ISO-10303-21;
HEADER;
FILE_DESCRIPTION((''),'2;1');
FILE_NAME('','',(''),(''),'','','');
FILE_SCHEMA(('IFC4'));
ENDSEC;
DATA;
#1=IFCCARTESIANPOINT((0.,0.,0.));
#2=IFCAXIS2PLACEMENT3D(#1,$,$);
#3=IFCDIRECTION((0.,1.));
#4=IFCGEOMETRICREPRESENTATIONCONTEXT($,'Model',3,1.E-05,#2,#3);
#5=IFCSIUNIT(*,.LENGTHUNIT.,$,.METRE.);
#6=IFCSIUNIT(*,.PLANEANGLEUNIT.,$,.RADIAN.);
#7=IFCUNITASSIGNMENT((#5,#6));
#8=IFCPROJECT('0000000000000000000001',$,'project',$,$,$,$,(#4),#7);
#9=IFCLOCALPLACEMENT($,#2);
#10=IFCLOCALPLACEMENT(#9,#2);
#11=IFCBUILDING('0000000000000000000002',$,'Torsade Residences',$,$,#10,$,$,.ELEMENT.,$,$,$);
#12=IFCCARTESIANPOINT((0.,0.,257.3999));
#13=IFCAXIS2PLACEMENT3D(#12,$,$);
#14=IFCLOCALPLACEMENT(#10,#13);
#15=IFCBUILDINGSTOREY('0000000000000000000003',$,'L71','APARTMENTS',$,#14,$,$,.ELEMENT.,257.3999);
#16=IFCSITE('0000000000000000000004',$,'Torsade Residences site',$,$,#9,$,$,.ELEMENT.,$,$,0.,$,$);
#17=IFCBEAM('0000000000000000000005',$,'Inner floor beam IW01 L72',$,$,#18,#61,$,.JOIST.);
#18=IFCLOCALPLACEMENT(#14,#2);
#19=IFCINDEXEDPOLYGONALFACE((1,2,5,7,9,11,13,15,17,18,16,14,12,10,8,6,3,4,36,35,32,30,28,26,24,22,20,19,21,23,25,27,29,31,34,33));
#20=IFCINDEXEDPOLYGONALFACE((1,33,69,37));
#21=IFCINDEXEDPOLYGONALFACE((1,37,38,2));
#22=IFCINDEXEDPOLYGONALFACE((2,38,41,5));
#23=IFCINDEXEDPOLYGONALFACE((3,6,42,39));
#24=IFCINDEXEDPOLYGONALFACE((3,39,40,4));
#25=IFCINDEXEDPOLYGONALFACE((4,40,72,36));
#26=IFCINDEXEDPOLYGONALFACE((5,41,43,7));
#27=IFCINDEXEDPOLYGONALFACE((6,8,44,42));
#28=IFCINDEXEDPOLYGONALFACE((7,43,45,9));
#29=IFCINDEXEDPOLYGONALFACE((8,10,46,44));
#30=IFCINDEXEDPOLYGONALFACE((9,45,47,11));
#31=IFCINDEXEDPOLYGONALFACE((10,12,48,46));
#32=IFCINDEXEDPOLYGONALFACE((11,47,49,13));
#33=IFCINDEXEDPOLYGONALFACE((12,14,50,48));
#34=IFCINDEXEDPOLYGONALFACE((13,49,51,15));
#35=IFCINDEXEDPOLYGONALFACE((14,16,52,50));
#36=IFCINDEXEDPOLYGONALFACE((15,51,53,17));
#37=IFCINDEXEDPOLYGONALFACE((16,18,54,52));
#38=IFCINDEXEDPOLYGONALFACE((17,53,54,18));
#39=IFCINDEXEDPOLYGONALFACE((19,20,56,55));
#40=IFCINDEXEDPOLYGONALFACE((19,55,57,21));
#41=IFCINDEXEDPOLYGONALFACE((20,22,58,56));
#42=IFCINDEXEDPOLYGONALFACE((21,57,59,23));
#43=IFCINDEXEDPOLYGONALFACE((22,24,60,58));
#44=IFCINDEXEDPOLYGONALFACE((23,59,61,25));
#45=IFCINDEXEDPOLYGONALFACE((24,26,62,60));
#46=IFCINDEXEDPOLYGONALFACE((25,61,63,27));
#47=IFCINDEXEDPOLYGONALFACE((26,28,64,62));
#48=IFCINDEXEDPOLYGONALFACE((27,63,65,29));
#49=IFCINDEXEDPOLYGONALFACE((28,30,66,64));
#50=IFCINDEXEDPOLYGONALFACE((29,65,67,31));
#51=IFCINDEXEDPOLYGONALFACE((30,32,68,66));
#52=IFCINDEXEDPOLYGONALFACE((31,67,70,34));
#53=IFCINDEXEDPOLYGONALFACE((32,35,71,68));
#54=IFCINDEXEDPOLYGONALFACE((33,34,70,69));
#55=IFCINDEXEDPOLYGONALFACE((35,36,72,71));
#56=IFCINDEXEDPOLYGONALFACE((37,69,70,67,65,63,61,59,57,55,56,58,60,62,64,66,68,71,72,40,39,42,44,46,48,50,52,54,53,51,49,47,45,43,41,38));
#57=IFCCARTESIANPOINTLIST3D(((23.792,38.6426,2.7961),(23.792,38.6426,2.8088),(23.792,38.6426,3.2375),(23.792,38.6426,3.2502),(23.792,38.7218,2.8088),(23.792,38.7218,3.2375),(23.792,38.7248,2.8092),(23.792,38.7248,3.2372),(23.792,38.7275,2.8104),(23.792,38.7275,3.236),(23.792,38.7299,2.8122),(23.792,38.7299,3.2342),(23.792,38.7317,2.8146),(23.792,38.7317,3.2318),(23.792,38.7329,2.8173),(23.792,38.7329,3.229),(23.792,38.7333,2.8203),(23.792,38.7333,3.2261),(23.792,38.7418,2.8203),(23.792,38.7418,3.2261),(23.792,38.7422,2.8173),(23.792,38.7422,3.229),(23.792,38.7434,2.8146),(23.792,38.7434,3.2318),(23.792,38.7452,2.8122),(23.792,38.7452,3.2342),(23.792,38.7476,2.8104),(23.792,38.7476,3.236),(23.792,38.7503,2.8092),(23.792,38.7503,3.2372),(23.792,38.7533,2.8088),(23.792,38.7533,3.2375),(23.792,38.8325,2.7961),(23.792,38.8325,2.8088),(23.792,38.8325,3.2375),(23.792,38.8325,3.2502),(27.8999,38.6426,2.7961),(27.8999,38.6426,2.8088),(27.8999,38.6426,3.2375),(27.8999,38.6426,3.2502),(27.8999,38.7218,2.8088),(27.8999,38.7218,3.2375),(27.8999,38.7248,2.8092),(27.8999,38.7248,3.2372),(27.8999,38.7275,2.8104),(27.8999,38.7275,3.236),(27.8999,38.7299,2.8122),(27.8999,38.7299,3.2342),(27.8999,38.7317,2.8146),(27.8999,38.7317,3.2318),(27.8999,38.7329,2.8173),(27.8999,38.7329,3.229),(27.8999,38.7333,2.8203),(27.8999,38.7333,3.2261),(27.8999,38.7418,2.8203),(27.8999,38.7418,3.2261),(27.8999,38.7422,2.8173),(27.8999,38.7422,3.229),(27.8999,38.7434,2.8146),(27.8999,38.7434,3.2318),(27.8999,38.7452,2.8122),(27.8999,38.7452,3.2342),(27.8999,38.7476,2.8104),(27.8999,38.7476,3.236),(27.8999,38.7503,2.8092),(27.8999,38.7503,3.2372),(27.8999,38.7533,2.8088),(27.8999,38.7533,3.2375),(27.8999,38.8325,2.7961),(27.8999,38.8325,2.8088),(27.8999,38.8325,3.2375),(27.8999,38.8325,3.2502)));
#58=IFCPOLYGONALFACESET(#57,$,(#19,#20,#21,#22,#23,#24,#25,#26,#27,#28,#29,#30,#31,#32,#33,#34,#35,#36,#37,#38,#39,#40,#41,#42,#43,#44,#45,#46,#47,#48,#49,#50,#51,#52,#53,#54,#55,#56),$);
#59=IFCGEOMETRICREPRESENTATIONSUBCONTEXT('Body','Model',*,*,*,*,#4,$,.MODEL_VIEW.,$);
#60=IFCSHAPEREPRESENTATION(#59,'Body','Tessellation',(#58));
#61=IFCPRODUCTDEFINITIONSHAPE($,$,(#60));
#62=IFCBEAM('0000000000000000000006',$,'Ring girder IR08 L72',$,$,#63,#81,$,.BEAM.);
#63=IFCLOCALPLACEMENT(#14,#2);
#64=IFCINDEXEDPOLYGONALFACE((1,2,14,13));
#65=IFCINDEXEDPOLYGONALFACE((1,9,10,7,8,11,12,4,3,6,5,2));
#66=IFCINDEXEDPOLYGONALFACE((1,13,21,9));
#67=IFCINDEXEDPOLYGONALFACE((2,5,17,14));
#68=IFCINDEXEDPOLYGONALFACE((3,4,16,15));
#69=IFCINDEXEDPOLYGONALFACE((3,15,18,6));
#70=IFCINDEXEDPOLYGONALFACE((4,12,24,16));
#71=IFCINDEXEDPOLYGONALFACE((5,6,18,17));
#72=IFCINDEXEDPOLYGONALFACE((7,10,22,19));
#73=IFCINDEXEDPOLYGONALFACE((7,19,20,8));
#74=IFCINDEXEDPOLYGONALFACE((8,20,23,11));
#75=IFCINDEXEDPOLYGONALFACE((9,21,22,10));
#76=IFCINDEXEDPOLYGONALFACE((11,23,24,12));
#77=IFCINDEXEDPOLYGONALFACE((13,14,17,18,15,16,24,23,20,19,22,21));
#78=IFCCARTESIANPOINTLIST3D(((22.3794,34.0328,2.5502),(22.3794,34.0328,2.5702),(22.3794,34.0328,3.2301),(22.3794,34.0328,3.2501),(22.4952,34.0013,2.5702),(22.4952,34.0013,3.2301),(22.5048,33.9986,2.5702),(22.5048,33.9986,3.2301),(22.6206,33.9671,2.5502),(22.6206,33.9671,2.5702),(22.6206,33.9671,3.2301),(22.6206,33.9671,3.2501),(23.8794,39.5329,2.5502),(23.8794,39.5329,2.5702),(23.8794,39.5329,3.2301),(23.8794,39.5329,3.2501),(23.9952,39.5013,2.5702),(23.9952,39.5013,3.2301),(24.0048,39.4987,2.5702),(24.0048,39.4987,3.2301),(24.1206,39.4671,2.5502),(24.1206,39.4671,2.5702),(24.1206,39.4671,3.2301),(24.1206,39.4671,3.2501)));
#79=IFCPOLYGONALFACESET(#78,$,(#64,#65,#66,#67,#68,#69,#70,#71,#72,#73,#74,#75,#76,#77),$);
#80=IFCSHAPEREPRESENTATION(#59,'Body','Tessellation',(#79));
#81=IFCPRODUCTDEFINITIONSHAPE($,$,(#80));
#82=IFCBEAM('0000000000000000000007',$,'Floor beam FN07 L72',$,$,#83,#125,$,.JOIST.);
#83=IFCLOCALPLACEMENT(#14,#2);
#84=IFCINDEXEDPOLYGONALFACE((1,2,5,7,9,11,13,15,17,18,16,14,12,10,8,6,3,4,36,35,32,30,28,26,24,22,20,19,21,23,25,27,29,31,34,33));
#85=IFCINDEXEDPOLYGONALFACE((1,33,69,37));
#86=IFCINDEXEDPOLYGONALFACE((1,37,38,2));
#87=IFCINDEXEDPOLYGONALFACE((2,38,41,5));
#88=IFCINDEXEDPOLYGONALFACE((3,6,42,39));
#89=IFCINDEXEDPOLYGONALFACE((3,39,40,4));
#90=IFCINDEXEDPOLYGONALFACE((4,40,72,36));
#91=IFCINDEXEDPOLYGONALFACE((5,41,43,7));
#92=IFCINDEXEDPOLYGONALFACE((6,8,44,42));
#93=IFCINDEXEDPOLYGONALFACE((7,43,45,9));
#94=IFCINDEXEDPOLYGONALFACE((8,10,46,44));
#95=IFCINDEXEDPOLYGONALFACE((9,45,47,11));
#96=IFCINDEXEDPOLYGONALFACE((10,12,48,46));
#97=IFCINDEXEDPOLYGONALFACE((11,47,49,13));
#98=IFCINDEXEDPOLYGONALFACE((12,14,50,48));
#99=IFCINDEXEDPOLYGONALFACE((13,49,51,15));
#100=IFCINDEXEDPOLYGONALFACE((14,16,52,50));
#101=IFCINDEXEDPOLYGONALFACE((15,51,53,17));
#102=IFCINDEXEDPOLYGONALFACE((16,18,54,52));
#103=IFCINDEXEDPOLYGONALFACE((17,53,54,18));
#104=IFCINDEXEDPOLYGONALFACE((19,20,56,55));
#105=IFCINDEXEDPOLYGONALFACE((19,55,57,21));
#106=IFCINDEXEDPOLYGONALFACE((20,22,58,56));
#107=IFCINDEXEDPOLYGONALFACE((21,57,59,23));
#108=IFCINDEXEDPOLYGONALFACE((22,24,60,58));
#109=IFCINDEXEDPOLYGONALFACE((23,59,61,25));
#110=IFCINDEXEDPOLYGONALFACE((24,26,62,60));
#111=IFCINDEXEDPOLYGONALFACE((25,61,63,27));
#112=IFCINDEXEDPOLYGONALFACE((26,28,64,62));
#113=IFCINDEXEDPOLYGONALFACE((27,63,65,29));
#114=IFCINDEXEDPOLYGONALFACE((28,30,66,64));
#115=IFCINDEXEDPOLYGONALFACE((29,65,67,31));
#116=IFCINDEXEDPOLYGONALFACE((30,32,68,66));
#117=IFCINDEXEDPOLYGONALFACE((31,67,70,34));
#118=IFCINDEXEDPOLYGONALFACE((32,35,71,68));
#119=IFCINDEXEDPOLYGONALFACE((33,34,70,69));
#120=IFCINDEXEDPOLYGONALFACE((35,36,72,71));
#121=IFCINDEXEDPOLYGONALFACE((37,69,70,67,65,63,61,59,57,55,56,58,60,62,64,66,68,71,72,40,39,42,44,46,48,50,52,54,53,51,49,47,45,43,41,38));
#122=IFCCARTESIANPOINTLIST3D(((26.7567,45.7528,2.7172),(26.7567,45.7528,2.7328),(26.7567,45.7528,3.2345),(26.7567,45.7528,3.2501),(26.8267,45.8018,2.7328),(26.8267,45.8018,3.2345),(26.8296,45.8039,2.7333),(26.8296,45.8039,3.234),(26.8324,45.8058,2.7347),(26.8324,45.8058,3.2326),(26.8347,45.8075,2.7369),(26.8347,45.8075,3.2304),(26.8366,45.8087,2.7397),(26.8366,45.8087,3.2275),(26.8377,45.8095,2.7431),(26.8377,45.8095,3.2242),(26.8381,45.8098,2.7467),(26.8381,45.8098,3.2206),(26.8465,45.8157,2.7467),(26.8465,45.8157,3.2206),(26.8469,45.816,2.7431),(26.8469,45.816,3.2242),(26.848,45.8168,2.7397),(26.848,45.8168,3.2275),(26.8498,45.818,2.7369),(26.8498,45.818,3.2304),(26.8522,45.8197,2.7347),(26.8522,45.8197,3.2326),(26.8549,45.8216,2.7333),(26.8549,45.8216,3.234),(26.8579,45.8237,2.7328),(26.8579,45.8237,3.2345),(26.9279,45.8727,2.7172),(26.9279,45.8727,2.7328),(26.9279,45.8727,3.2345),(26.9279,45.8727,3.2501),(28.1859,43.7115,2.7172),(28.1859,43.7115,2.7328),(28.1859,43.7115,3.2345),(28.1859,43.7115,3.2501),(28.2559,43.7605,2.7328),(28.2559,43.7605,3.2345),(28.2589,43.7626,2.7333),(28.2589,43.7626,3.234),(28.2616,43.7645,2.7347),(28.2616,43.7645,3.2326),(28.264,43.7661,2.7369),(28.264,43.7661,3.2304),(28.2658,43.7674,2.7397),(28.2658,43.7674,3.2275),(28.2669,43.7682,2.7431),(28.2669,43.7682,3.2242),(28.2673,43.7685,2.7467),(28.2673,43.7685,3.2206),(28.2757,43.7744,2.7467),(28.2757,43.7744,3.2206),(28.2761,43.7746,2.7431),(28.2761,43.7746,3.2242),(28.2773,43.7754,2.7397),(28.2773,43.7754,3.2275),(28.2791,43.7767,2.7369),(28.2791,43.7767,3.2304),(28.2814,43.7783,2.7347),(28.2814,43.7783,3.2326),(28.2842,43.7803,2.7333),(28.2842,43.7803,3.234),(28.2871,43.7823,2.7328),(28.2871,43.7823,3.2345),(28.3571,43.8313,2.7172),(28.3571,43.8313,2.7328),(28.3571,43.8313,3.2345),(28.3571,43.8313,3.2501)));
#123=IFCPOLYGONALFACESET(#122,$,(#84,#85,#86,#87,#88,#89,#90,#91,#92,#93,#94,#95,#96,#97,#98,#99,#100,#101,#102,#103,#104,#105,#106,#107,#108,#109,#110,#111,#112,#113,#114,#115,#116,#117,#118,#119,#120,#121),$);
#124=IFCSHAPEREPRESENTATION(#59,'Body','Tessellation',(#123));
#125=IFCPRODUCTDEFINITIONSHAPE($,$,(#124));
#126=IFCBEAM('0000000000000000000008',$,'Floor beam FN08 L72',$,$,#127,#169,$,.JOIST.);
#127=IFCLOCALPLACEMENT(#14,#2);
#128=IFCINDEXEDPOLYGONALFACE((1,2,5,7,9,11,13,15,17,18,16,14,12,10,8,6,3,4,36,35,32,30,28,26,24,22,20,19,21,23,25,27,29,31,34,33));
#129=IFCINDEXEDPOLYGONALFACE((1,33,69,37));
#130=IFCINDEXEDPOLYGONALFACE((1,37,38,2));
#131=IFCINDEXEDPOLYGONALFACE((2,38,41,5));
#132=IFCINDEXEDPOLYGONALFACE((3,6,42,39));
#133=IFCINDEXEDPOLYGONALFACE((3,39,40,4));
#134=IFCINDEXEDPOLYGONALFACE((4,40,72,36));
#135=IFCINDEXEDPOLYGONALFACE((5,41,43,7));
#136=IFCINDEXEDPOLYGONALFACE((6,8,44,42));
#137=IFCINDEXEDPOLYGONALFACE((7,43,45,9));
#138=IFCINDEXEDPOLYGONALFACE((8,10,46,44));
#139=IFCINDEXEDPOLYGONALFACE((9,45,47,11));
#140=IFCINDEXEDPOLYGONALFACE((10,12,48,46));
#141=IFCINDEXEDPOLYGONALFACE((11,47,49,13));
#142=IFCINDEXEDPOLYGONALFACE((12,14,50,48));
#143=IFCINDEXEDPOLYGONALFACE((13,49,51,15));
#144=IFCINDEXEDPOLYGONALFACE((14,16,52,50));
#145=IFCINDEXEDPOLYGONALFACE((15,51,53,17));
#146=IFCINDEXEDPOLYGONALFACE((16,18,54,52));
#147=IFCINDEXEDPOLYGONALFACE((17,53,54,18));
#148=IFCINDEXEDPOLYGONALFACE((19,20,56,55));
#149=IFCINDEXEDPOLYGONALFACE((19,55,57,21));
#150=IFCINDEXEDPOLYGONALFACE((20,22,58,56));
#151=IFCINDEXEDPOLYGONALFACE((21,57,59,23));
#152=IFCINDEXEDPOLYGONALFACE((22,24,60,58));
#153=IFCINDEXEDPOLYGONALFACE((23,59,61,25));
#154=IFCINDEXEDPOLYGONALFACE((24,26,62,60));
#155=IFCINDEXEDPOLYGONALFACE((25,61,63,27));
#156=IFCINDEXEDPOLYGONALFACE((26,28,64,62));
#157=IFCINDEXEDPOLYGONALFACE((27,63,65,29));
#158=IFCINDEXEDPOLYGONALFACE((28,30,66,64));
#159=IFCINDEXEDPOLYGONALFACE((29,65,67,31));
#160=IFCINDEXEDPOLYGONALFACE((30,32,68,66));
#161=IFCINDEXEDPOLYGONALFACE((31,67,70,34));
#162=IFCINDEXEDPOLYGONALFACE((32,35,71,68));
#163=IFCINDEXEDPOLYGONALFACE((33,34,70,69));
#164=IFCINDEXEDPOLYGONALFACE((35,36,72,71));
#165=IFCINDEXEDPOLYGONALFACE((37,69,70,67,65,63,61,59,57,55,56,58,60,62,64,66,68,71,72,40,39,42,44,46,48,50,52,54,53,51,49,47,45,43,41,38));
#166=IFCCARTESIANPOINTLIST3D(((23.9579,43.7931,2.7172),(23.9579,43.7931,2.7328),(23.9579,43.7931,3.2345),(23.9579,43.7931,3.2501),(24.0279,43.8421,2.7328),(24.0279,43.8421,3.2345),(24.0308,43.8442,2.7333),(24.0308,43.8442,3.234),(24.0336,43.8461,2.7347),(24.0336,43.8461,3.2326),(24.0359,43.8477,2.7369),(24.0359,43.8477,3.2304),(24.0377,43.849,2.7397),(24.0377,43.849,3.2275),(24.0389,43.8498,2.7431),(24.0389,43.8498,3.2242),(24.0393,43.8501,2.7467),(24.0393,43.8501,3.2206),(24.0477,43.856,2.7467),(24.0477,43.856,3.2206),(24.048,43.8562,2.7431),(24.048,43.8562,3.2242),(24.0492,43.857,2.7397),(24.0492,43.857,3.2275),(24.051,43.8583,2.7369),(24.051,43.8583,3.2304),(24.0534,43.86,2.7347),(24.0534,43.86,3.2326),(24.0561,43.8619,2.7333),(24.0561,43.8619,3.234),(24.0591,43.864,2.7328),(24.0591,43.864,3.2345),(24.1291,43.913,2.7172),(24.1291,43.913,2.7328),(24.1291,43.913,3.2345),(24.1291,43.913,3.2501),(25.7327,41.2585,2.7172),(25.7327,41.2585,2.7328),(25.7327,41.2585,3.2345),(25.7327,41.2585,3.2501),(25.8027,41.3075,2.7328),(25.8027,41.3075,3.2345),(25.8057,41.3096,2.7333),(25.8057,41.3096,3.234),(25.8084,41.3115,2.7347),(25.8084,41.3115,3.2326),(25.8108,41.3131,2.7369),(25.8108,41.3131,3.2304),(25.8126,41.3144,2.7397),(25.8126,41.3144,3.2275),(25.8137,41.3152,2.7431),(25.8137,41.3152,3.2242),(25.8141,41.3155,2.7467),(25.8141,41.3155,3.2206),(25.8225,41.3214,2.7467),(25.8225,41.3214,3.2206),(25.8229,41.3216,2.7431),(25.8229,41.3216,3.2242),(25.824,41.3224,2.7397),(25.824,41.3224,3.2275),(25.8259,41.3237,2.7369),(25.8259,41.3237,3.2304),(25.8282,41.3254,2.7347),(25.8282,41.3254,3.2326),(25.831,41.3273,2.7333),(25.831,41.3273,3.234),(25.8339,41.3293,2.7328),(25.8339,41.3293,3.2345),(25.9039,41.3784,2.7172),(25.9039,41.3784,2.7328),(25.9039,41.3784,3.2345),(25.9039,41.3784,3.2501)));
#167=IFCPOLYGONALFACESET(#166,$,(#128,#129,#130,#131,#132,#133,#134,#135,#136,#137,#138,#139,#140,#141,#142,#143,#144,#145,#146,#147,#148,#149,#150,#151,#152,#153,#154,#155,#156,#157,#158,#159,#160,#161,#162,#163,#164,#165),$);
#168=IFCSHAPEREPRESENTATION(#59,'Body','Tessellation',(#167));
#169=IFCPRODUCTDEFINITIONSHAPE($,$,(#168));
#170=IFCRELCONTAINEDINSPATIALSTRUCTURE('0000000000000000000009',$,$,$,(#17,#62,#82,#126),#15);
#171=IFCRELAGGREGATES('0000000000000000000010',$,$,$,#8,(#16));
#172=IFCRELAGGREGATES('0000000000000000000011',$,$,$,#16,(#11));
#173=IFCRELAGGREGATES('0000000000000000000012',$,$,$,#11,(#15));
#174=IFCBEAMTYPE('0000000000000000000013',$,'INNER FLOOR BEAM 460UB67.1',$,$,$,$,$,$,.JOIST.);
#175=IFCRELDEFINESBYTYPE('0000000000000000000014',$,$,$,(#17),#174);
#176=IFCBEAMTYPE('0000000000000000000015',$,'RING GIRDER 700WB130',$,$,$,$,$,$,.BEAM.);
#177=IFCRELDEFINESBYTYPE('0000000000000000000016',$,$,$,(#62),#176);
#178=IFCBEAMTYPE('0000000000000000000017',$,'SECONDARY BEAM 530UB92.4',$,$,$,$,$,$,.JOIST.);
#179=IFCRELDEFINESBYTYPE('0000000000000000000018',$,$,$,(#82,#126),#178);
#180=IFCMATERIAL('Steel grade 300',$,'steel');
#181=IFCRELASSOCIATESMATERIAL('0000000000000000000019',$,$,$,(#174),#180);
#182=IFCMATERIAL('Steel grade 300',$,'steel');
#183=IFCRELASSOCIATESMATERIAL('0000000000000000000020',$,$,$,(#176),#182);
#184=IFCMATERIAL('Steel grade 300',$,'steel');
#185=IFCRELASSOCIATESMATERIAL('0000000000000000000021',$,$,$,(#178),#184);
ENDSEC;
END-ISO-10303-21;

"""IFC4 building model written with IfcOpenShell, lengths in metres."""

from ifc_helpers import new_model, si_unit, direction, frame, origin, origin_2d, place, context, subcontext, project, spatial, i_section, extrude, material, material_profile, profile_set, type_object, element, save


model = new_model("IFC4")

# Units and contexts
model_context = context("Model", 3, precision=1e-05, world=origin(), true_north=direction((0.0, 1.0)))
body_context = subcontext(model_context, "Body", "Model", "MODEL_VIEW")
ifc_project = project(units=[si_unit("LENGTHUNIT", "METRE"), si_unit("PLANEANGLEUNIT", "RADIAN")], contexts=[model_context])

# Site, building, storey
site_placement = place(None, origin())
site = spatial("IfcSite", under=ifc_project, at=site_placement, Name="Torsade Residences site", CompositionType="ELEMENT", RefElevation=0.0)
building_placement = place(site_placement, origin())
building = spatial("IfcBuilding", under=site, at=building_placement, Name="Torsade Residences", CompositionType="ELEMENT")
storey_placement = place(building_placement, frame((0.0, 0.0, 257.3999)))
storey = spatial("IfcBuildingStorey", under=building, at=storey_placement, Name="L71", Description="APARTMENTS", CompositionType="ELEMENT", Elevation=257.3999)

# Beams
ifc_material_1 = material(Name="Steel grade 300", Category="steel")
ifc_material_profile_1 = material_profile(ifc_material_1, i_section(OverallWidth=0.1899, OverallDepth=0.4541, WebThickness=0.0085, FlangeThickness=0.0127, FilletRadius=0.0115, at=origin_2d()), Name="460UB67.1")
ifc_profile_set_1 = profile_set([ifc_material_profile_1], Name="Steel grade 300")
beam_type_1 = type_object("IfcBeamType", Name="INNER FLOOR BEAM 460UB67.1", PredefinedType="JOIST", material=ifc_profile_set_1)
beam_1_placement = place(storey_placement, frame((27.8999, 38.7375, 3.0232), z_axis=(-1.0, 0.0, 0.0), x_axis=(0.0, -1.0, 0.0)))
element("IfcBeam", 1, at=beam_1_placement, inside=storey, type_object=beam_type_1, Name="Inner floor beam IW01 L72", PredefinedType="JOIST", context=body_context, shape_type="SweptSolid", body=[
    extrude(i_section(OverallWidth=0.1899, OverallDepth=0.4541, WebThickness=0.0085, FlangeThickness=0.0127, FilletRadius=0.0115, at=origin_2d()), origin(), (0.0, 0.0, 1.0), 4.1079),
])
ifc_material_2 = material(Name="Steel grade 300", Category="steel")
ifc_material_profile_2 = material_profile(ifc_material_2, i_section(OverallWidth=0.25, OverallDepth=0.7, WebThickness=0.01, FlangeThickness=0.02, at=origin_2d()), Name="700WB130")
ifc_profile_set_2 = profile_set([ifc_material_profile_2], Name="Steel grade 300")
beam_type_2 = type_object("IfcBeamType", Name="RING GIRDER 700WB130", PredefinedType="BEAM", material=ifc_profile_set_2)
beam_2_placement = place(storey_placement, frame((24.0, 39.5, 2.9001), z_axis=(-0.263117, -0.964764, 0.0), x_axis=(0.964764, -0.263117, 0.0)))
element("IfcBeam", 2, at=beam_2_placement, inside=storey, type_object=beam_type_2, Name="Ring girder IR08 L72", PredefinedType="BEAM", context=body_context, shape_type="SweptSolid", body=[
    extrude(i_section(OverallWidth=0.25, OverallDepth=0.7, WebThickness=0.01, FlangeThickness=0.02, at=origin_2d()), origin(), (0.0, 0.0, 1.0), 5.7009),
])
ifc_material_3 = material(Name="Steel grade 300", Category="steel")
ifc_material_profile_3 = material_profile(ifc_material_3, i_section(OverallWidth=0.209, OverallDepth=0.533, WebThickness=0.0103, FlangeThickness=0.0156, FilletRadius=0.0139, at=origin_2d()), Name="530UB92.4")
ifc_profile_set_3 = profile_set([ifc_material_profile_3], Name="Steel grade 300")
beam_type_3 = type_object("IfcBeamType", Name="SECONDARY BEAM 530UB92.4", PredefinedType="JOIST", material=ifc_profile_set_3)
beam_3_placement = place(storey_placement, frame((26.8423, 45.8127, 2.9836), z_axis=(0.573548, -0.819172, 0.0), x_axis=(0.819172, 0.573548, 0.0)))
element("IfcBeam", 3, at=beam_3_placement, inside=storey, type_object=beam_type_3, Name="Floor beam FN07 L72", PredefinedType="JOIST", context=body_context, shape_type="SweptSolid", body=[
    extrude(i_section(OverallWidth=0.209, OverallDepth=0.533, WebThickness=0.0103, FlangeThickness=0.0156, FilletRadius=0.0139, at=origin_2d()), origin(), (0.0, 0.0, 1.0), 2.4919),
])
beam_4_placement = place(storey_placement, frame((24.0435, 43.853, 2.9836), z_axis=(0.5736, -0.819136, 0.0), x_axis=(0.819136, 0.5736, 0.0)))
element("IfcBeam", 4, at=beam_4_placement, inside=storey, type_object=beam_type_3, Name="Floor beam FN08 L72", PredefinedType="JOIST", context=body_context, shape_type="SweptSolid", body=[
    extrude(i_section(OverallWidth=0.209, OverallDepth=0.533, WebThickness=0.0103, FlangeThickness=0.0156, FilletRadius=0.0139, at=origin_2d()), origin(), (0.0, 0.0, 1.0), 3.0942),
])

save(model, "model.ifc")
